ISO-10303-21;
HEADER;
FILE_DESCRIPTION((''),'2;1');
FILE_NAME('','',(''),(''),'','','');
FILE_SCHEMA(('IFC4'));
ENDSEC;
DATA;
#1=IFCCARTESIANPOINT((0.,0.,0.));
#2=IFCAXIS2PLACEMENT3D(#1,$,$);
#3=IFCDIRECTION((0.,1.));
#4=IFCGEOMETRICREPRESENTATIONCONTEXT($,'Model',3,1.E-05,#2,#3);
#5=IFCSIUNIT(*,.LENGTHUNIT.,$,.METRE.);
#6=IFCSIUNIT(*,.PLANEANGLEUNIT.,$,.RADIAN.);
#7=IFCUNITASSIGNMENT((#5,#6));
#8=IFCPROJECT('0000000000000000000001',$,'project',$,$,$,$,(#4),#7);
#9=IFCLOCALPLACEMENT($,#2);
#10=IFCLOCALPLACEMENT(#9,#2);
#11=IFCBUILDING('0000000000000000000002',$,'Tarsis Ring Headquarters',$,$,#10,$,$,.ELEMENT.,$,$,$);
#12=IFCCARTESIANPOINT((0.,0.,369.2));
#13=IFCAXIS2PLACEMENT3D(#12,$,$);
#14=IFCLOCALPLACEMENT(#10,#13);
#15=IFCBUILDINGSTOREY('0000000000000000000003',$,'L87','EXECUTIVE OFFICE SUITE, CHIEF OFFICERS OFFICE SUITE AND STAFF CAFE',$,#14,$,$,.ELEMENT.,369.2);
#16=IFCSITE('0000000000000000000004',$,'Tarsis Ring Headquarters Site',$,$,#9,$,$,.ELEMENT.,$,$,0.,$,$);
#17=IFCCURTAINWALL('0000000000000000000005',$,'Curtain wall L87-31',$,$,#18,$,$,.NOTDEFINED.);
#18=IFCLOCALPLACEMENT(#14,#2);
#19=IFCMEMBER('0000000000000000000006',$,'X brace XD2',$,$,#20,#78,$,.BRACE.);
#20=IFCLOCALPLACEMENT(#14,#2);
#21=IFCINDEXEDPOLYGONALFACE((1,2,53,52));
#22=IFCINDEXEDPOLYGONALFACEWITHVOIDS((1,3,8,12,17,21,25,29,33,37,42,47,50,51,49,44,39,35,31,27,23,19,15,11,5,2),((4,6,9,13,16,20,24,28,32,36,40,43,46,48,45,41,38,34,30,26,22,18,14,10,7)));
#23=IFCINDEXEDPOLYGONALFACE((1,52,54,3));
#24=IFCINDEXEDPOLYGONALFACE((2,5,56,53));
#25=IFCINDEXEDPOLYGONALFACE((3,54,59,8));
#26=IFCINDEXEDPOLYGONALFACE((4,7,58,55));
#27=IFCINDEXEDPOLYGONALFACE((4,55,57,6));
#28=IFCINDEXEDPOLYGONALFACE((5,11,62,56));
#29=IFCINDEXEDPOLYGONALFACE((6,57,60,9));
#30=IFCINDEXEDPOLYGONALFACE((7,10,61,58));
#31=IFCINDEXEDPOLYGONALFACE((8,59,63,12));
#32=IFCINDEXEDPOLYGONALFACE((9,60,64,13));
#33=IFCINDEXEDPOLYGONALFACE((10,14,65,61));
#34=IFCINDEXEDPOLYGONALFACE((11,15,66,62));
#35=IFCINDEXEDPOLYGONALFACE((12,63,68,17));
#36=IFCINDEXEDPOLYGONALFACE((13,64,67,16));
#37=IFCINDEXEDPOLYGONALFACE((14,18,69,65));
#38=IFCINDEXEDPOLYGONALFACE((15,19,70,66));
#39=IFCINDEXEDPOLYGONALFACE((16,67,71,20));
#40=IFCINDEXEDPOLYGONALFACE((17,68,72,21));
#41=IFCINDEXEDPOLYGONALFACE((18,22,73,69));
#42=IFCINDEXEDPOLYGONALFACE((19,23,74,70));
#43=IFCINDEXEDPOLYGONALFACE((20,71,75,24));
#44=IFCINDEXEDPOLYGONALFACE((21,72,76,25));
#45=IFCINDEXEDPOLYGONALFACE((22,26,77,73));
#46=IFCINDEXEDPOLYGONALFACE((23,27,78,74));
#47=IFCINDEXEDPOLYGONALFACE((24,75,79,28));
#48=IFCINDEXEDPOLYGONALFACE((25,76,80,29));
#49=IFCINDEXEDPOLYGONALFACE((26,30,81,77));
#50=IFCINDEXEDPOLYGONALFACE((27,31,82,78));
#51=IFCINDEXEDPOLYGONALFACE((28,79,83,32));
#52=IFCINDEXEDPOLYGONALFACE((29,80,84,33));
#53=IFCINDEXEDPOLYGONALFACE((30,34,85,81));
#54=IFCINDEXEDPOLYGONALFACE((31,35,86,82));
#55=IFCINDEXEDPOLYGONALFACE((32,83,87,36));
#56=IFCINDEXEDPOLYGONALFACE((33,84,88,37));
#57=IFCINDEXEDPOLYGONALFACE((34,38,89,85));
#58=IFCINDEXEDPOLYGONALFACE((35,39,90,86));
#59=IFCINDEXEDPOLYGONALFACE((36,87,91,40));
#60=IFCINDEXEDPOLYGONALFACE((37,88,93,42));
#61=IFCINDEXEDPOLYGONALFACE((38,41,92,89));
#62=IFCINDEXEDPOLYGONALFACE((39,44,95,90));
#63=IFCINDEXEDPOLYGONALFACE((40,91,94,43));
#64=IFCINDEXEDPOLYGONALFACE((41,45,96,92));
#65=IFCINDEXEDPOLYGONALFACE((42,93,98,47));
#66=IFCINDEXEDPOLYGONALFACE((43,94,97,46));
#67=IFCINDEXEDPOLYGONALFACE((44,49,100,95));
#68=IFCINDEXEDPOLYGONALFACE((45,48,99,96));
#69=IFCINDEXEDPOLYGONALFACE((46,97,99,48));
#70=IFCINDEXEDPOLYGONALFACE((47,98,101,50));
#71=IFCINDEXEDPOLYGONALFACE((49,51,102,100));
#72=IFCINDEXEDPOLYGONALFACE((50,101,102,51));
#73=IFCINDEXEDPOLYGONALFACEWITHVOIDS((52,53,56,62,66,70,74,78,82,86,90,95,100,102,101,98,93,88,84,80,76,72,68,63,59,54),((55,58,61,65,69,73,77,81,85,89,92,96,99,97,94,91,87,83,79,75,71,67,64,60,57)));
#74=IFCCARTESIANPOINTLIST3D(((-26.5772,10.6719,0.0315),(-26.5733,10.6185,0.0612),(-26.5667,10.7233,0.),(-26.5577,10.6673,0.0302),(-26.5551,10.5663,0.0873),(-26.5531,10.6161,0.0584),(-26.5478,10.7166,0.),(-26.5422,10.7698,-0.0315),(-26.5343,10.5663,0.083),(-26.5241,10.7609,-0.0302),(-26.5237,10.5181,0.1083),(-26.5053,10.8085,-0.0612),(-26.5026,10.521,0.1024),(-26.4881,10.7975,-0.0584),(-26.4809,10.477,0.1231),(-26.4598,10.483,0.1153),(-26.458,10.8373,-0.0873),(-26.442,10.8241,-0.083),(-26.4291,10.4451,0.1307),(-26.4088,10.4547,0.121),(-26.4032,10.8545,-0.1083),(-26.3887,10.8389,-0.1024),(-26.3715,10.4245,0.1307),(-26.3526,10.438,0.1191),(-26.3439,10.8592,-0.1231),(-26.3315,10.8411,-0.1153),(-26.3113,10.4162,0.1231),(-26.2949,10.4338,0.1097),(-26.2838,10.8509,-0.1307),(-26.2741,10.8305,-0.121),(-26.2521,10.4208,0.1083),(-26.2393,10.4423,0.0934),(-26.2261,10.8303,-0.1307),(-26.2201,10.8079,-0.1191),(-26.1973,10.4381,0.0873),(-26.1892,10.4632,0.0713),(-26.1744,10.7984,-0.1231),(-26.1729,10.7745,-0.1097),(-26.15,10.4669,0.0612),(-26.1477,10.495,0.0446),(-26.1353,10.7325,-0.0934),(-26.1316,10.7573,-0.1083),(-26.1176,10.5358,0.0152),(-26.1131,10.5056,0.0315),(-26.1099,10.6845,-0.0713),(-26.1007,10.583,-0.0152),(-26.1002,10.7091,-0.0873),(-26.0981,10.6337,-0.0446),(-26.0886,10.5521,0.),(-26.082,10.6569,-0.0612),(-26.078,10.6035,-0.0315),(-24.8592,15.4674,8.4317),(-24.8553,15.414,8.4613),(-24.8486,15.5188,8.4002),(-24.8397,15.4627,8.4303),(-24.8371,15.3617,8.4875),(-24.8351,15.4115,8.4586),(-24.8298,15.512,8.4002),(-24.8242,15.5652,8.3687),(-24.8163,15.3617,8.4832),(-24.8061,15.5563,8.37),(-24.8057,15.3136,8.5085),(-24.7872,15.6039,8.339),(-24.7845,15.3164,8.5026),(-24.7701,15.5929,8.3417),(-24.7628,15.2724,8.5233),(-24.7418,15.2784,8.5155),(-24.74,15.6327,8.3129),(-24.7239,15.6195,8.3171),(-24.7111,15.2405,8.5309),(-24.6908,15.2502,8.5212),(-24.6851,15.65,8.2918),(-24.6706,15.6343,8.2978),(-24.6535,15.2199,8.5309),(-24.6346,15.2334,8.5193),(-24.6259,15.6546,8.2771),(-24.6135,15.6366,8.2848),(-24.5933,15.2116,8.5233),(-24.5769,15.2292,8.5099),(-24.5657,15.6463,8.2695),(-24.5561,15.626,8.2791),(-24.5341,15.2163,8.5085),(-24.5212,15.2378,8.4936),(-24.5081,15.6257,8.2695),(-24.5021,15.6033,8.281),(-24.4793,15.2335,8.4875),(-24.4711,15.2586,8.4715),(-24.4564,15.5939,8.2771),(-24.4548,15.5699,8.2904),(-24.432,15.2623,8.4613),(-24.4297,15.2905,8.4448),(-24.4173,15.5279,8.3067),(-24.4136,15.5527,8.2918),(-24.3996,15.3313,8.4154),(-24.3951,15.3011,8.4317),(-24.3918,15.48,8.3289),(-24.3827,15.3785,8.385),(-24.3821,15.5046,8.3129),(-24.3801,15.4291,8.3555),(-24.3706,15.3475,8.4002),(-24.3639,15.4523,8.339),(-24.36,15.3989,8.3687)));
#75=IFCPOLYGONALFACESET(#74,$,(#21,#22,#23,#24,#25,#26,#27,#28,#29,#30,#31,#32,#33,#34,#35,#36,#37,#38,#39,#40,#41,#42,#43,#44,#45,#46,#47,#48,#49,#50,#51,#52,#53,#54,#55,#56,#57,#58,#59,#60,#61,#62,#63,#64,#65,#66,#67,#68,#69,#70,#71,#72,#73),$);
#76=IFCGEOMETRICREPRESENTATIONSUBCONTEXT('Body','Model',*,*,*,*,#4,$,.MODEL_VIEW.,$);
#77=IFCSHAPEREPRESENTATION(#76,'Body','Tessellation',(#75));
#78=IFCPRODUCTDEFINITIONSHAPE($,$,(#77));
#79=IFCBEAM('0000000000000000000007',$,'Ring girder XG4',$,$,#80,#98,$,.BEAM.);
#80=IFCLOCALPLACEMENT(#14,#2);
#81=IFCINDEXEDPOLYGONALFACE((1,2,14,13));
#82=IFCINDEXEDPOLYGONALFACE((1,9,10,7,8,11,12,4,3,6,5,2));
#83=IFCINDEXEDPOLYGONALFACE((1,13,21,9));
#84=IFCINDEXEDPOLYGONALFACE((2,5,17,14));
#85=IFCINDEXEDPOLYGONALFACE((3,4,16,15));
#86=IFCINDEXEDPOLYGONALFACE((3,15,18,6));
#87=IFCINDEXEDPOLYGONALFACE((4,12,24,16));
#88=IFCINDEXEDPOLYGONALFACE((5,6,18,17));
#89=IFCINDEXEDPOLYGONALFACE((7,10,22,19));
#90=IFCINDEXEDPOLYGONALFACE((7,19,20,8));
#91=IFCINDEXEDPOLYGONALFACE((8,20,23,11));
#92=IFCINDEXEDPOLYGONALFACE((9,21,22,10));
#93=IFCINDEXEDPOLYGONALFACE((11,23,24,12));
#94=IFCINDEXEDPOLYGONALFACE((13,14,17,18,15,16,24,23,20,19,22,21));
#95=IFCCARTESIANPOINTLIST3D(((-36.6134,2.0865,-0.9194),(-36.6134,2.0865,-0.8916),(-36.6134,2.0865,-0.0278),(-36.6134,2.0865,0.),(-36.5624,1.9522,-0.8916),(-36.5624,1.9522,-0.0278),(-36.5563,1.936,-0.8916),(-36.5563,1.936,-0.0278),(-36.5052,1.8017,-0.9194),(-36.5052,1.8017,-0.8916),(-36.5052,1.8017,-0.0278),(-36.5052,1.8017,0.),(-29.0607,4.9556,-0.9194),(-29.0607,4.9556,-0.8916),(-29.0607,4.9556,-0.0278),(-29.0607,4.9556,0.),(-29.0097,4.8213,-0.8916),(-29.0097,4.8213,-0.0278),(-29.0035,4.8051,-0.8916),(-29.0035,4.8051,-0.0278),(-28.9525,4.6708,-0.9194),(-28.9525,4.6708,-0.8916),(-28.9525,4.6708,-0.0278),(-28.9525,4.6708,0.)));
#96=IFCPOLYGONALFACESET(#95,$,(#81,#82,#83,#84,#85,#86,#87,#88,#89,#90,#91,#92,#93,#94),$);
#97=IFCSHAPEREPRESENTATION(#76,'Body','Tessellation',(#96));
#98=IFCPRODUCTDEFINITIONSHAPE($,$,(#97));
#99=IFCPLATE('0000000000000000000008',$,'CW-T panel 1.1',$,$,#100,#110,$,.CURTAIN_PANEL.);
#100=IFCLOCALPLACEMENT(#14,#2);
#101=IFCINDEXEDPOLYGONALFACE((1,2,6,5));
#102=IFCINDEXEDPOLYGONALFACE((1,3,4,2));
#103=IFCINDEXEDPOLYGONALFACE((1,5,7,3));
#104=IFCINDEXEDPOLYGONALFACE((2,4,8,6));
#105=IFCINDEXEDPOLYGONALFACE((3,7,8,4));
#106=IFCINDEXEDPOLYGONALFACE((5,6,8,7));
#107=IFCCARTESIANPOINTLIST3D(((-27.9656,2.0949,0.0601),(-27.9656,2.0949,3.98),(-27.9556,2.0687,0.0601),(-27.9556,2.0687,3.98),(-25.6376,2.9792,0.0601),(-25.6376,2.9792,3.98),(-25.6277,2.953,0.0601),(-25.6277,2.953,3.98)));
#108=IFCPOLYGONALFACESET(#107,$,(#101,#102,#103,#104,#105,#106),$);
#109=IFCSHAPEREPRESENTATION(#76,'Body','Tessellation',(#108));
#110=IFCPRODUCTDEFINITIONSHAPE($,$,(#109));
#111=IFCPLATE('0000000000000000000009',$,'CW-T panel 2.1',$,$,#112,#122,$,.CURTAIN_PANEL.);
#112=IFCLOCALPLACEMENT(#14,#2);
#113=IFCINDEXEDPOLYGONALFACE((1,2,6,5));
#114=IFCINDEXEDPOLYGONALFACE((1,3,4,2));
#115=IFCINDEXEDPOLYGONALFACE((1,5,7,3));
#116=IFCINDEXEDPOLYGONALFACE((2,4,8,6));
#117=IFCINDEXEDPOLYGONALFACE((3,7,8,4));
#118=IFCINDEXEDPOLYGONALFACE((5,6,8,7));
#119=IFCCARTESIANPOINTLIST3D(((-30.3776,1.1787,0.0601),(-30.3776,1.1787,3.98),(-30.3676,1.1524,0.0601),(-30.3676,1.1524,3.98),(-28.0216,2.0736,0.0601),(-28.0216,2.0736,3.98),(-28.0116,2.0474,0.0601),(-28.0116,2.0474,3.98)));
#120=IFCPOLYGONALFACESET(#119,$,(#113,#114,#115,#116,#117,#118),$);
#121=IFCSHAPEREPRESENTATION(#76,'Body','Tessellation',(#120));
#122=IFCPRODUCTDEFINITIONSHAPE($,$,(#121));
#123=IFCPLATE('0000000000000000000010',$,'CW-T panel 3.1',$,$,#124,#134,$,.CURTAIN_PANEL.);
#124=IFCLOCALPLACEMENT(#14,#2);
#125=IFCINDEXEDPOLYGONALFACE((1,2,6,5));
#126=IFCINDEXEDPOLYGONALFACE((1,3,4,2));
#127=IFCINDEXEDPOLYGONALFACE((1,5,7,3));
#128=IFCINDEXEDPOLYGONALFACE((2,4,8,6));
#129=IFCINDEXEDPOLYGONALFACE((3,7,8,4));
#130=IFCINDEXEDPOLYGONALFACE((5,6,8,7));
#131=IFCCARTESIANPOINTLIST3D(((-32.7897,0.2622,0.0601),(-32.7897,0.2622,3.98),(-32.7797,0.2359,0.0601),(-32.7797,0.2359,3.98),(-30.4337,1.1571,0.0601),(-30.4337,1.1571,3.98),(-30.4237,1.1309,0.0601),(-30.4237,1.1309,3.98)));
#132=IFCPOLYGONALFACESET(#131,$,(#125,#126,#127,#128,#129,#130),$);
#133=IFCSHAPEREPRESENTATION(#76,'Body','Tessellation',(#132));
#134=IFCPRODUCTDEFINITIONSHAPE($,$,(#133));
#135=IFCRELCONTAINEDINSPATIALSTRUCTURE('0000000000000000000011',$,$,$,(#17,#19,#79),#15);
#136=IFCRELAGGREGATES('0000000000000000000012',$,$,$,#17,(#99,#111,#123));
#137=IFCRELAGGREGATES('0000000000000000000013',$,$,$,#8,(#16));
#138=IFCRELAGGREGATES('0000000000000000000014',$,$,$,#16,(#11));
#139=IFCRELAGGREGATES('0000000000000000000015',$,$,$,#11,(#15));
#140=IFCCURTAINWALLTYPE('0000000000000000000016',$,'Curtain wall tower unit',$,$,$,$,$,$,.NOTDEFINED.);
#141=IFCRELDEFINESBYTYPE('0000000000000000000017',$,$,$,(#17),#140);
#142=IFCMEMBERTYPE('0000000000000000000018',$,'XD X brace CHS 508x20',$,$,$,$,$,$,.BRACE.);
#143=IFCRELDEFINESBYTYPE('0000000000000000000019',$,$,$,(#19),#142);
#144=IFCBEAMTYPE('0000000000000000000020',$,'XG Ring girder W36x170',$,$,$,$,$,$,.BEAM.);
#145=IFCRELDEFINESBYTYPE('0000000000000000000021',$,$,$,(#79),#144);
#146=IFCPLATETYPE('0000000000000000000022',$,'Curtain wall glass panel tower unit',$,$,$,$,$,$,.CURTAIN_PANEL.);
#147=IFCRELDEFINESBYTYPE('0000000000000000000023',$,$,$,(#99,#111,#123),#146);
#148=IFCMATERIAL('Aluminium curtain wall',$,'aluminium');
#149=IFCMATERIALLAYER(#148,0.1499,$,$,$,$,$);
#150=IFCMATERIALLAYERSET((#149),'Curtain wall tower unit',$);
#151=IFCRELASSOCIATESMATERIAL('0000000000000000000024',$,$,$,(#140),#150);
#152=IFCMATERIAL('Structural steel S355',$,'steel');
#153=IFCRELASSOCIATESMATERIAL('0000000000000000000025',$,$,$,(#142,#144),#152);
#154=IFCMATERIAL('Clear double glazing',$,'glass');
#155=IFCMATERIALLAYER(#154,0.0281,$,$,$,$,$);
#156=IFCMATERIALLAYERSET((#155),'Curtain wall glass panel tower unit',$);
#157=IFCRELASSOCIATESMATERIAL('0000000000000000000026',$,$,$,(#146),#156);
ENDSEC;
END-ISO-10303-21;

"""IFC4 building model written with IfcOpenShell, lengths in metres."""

from ifc_helpers import new_model, si_unit, direction, frame, origin, origin_2d, place, context, subcontext, project, spatial, rectangle, hollow_circle, i_section, extrude, material, layer, layer_set, material_profile, profile_set, type_object, element, aggregate, save


model = new_model("IFC4")

# Units and contexts
model_context = context("Model", 3, precision=1e-05, world=origin(), true_north=direction((0.0, 1.0)))
body_context = subcontext(model_context, "Body", "Model", "MODEL_VIEW")
ifc_project = project(units=[si_unit("LENGTHUNIT", "METRE"), si_unit("PLANEANGLEUNIT", "RADIAN")], contexts=[model_context])

# Site, building, storey
site_placement = place(None, origin())
site = spatial("IfcSite", under=ifc_project, at=site_placement, Name="Tarsis Ring Headquarters Site", CompositionType="ELEMENT", RefElevation=0.0)
building_placement = place(site_placement, origin())
building = spatial("IfcBuilding", under=site, at=building_placement, Name="Tarsis Ring Headquarters", CompositionType="ELEMENT")
storey_placement = place(building_placement, frame((0.0, 0.0, 369.2)))
storey = spatial("IfcBuildingStorey", under=building, at=storey_placement, Name="L87", Description="EXECUTIVE OFFICE SUITE, CHIEF OFFICERS OFFICE SUITE AND STAFF CAFE", CompositionType="ELEMENT", Elevation=369.2)

# Shared definitions
ifc_material_1 = material(Name="Structural steel S355", Category="steel")

# Curtain wall
ifc_material_2 = material(Name="Aluminium curtain wall", Category="aluminium")
ifc_layer_1 = layer(ifc_material_2, 0.1499)
ifc_layer_set_1 = layer_set([ifc_layer_1], Name="Curtain wall tower unit")
curtain_wall_type = type_object("IfcCurtainWallType", Name="Curtain wall tower unit", PredefinedType="NOTDEFINED", material=ifc_layer_set_1)
curtain_wall_placement = place(storey_placement, origin())
curtain_wall = element("IfcCurtainWall", 1, at=curtain_wall_placement, inside=storey, type_object=curtain_wall_type, Name="Curtain wall L87-31", PredefinedType="NOTDEFINED")

# Member
ifc_material_profile_1 = material_profile(ifc_material_1, hollow_circle(Radius=0.2539, WallThickness=0.02, at=origin_2d()), Name="CHS 508x20")
ifc_profile_set_1 = profile_set([ifc_material_profile_1], Name="Structural steel S355")
member_type_1 = type_object("IfcMemberType", Name="XD X brace CHS 508x20", PredefinedType="BRACE", material=ifc_profile_set_1)
member_1_placement = place(storey_placement, frame((-26.3276, 10.6377, 0.0), z_axis=(0.174881, 0.488135, 0.855068), x_axis=(-0.941407, 0.337271, 0.0)))
element("IfcMember", 2, at=member_1_placement, inside=storey, type_object=member_type_1, Name="X brace XD2", PredefinedType="BRACE", context=body_context, shape_type="SweptSolid", body=[
    extrude(hollow_circle(Radius=0.2539, WallThickness=0.02, at=origin_2d()), origin(), (0.0, 0.0, 1.0), 9.824),
])

# Beam
ifc_material_profile_2 = material_profile(ifc_material_1, i_section(OverallWidth=0.3047, OverallDepth=0.9194, WebThickness=0.0173, FlangeThickness=0.0278, at=origin_2d()), Name="W36x170")
ifc_profile_set_2 = profile_set([ifc_material_profile_2], Name="Structural steel S355")
beam_type_1 = type_object("IfcBeamType", Name="XG Ring girder W36x170", PredefinedType="BEAM", material=ifc_profile_set_2)
beam_1_placement = place(storey_placement, frame((-29.0066, 4.8132, -0.4597), z_axis=(-0.934821, -0.355121, 0.0), x_axis=(0.355121, -0.934821, 0.0)))
element("IfcBeam", 3, at=beam_1_placement, inside=storey, type_object=beam_type_1, Name="Ring girder XG4", PredefinedType="BEAM", context=body_context, shape_type="SweptSolid", body=[
    extrude(i_section(OverallWidth=0.3047, OverallDepth=0.9194, WebThickness=0.0173, FlangeThickness=0.0278, at=origin_2d()), origin(), (0.0, 0.0, 1.0), 8.0793),
])

# Plates
ifc_material_3 = material(Name="Clear double glazing", Category="glass")
ifc_layer_2 = layer(ifc_material_3, 0.0281)
ifc_layer_set_2 = layer_set([ifc_layer_2], Name="Curtain wall glass panel tower unit")
plate_type = type_object("IfcPlateType", Name="Curtain wall glass panel tower unit", PredefinedType="CURTAIN_PANEL", material=ifc_layer_set_2)
plate_1_placement = place(storey_placement, frame((-26.7966, 2.5239, 0.0601), z_axis=(0.0, 0.0, 1.0), x_axis=(-0.934826, -0.355107, 0.0)))
plate_1 = element("IfcPlate", 4, at=plate_1_placement, type_object=plate_type, Name="CW-T panel 1.1", PredefinedType="CURTAIN_PANEL", context=body_context, shape_type="SweptSolid", body=[
    extrude(rectangle(XDim=2.4902, YDim=0.0281, at=origin_2d()), origin(), (0.0, 0.0, 1.0), 3.9199),
])
plate_2_placement = place(storey_placement, frame((-29.1946, 1.613, 0.0601), z_axis=(0.0, 0.0, 1.0), x_axis=(-0.934826, -0.355107, 0.0)))
plate_2 = element("IfcPlate", 5, at=plate_2_placement, type_object=plate_type, Name="CW-T panel 2.1", PredefinedType="CURTAIN_PANEL", context=body_context, shape_type="SweptSolid", body=[
    extrude(rectangle(XDim=2.5203, YDim=0.0281, at=origin_2d()), origin(), (0.0, 0.0, 1.0), 3.9199),
])
plate_3_placement = place(storey_placement, frame((-31.6067, 0.6965, 0.0601), z_axis=(0.0, 0.0, 1.0), x_axis=(-0.934826, -0.355107, 0.0)))
plate_3 = element("IfcPlate", 6, at=plate_3_placement, type_object=plate_type, Name="CW-T panel 3.1", PredefinedType="CURTAIN_PANEL", context=body_context, shape_type="SweptSolid", body=[
    extrude(rectangle(XDim=2.5203, YDim=0.0281, at=origin_2d()), origin(), (0.0, 0.0, 1.0), 3.9199),
])
aggregate(curtain_wall, [plate_1, plate_2, plate_3])

save(model, "model.ifc")
